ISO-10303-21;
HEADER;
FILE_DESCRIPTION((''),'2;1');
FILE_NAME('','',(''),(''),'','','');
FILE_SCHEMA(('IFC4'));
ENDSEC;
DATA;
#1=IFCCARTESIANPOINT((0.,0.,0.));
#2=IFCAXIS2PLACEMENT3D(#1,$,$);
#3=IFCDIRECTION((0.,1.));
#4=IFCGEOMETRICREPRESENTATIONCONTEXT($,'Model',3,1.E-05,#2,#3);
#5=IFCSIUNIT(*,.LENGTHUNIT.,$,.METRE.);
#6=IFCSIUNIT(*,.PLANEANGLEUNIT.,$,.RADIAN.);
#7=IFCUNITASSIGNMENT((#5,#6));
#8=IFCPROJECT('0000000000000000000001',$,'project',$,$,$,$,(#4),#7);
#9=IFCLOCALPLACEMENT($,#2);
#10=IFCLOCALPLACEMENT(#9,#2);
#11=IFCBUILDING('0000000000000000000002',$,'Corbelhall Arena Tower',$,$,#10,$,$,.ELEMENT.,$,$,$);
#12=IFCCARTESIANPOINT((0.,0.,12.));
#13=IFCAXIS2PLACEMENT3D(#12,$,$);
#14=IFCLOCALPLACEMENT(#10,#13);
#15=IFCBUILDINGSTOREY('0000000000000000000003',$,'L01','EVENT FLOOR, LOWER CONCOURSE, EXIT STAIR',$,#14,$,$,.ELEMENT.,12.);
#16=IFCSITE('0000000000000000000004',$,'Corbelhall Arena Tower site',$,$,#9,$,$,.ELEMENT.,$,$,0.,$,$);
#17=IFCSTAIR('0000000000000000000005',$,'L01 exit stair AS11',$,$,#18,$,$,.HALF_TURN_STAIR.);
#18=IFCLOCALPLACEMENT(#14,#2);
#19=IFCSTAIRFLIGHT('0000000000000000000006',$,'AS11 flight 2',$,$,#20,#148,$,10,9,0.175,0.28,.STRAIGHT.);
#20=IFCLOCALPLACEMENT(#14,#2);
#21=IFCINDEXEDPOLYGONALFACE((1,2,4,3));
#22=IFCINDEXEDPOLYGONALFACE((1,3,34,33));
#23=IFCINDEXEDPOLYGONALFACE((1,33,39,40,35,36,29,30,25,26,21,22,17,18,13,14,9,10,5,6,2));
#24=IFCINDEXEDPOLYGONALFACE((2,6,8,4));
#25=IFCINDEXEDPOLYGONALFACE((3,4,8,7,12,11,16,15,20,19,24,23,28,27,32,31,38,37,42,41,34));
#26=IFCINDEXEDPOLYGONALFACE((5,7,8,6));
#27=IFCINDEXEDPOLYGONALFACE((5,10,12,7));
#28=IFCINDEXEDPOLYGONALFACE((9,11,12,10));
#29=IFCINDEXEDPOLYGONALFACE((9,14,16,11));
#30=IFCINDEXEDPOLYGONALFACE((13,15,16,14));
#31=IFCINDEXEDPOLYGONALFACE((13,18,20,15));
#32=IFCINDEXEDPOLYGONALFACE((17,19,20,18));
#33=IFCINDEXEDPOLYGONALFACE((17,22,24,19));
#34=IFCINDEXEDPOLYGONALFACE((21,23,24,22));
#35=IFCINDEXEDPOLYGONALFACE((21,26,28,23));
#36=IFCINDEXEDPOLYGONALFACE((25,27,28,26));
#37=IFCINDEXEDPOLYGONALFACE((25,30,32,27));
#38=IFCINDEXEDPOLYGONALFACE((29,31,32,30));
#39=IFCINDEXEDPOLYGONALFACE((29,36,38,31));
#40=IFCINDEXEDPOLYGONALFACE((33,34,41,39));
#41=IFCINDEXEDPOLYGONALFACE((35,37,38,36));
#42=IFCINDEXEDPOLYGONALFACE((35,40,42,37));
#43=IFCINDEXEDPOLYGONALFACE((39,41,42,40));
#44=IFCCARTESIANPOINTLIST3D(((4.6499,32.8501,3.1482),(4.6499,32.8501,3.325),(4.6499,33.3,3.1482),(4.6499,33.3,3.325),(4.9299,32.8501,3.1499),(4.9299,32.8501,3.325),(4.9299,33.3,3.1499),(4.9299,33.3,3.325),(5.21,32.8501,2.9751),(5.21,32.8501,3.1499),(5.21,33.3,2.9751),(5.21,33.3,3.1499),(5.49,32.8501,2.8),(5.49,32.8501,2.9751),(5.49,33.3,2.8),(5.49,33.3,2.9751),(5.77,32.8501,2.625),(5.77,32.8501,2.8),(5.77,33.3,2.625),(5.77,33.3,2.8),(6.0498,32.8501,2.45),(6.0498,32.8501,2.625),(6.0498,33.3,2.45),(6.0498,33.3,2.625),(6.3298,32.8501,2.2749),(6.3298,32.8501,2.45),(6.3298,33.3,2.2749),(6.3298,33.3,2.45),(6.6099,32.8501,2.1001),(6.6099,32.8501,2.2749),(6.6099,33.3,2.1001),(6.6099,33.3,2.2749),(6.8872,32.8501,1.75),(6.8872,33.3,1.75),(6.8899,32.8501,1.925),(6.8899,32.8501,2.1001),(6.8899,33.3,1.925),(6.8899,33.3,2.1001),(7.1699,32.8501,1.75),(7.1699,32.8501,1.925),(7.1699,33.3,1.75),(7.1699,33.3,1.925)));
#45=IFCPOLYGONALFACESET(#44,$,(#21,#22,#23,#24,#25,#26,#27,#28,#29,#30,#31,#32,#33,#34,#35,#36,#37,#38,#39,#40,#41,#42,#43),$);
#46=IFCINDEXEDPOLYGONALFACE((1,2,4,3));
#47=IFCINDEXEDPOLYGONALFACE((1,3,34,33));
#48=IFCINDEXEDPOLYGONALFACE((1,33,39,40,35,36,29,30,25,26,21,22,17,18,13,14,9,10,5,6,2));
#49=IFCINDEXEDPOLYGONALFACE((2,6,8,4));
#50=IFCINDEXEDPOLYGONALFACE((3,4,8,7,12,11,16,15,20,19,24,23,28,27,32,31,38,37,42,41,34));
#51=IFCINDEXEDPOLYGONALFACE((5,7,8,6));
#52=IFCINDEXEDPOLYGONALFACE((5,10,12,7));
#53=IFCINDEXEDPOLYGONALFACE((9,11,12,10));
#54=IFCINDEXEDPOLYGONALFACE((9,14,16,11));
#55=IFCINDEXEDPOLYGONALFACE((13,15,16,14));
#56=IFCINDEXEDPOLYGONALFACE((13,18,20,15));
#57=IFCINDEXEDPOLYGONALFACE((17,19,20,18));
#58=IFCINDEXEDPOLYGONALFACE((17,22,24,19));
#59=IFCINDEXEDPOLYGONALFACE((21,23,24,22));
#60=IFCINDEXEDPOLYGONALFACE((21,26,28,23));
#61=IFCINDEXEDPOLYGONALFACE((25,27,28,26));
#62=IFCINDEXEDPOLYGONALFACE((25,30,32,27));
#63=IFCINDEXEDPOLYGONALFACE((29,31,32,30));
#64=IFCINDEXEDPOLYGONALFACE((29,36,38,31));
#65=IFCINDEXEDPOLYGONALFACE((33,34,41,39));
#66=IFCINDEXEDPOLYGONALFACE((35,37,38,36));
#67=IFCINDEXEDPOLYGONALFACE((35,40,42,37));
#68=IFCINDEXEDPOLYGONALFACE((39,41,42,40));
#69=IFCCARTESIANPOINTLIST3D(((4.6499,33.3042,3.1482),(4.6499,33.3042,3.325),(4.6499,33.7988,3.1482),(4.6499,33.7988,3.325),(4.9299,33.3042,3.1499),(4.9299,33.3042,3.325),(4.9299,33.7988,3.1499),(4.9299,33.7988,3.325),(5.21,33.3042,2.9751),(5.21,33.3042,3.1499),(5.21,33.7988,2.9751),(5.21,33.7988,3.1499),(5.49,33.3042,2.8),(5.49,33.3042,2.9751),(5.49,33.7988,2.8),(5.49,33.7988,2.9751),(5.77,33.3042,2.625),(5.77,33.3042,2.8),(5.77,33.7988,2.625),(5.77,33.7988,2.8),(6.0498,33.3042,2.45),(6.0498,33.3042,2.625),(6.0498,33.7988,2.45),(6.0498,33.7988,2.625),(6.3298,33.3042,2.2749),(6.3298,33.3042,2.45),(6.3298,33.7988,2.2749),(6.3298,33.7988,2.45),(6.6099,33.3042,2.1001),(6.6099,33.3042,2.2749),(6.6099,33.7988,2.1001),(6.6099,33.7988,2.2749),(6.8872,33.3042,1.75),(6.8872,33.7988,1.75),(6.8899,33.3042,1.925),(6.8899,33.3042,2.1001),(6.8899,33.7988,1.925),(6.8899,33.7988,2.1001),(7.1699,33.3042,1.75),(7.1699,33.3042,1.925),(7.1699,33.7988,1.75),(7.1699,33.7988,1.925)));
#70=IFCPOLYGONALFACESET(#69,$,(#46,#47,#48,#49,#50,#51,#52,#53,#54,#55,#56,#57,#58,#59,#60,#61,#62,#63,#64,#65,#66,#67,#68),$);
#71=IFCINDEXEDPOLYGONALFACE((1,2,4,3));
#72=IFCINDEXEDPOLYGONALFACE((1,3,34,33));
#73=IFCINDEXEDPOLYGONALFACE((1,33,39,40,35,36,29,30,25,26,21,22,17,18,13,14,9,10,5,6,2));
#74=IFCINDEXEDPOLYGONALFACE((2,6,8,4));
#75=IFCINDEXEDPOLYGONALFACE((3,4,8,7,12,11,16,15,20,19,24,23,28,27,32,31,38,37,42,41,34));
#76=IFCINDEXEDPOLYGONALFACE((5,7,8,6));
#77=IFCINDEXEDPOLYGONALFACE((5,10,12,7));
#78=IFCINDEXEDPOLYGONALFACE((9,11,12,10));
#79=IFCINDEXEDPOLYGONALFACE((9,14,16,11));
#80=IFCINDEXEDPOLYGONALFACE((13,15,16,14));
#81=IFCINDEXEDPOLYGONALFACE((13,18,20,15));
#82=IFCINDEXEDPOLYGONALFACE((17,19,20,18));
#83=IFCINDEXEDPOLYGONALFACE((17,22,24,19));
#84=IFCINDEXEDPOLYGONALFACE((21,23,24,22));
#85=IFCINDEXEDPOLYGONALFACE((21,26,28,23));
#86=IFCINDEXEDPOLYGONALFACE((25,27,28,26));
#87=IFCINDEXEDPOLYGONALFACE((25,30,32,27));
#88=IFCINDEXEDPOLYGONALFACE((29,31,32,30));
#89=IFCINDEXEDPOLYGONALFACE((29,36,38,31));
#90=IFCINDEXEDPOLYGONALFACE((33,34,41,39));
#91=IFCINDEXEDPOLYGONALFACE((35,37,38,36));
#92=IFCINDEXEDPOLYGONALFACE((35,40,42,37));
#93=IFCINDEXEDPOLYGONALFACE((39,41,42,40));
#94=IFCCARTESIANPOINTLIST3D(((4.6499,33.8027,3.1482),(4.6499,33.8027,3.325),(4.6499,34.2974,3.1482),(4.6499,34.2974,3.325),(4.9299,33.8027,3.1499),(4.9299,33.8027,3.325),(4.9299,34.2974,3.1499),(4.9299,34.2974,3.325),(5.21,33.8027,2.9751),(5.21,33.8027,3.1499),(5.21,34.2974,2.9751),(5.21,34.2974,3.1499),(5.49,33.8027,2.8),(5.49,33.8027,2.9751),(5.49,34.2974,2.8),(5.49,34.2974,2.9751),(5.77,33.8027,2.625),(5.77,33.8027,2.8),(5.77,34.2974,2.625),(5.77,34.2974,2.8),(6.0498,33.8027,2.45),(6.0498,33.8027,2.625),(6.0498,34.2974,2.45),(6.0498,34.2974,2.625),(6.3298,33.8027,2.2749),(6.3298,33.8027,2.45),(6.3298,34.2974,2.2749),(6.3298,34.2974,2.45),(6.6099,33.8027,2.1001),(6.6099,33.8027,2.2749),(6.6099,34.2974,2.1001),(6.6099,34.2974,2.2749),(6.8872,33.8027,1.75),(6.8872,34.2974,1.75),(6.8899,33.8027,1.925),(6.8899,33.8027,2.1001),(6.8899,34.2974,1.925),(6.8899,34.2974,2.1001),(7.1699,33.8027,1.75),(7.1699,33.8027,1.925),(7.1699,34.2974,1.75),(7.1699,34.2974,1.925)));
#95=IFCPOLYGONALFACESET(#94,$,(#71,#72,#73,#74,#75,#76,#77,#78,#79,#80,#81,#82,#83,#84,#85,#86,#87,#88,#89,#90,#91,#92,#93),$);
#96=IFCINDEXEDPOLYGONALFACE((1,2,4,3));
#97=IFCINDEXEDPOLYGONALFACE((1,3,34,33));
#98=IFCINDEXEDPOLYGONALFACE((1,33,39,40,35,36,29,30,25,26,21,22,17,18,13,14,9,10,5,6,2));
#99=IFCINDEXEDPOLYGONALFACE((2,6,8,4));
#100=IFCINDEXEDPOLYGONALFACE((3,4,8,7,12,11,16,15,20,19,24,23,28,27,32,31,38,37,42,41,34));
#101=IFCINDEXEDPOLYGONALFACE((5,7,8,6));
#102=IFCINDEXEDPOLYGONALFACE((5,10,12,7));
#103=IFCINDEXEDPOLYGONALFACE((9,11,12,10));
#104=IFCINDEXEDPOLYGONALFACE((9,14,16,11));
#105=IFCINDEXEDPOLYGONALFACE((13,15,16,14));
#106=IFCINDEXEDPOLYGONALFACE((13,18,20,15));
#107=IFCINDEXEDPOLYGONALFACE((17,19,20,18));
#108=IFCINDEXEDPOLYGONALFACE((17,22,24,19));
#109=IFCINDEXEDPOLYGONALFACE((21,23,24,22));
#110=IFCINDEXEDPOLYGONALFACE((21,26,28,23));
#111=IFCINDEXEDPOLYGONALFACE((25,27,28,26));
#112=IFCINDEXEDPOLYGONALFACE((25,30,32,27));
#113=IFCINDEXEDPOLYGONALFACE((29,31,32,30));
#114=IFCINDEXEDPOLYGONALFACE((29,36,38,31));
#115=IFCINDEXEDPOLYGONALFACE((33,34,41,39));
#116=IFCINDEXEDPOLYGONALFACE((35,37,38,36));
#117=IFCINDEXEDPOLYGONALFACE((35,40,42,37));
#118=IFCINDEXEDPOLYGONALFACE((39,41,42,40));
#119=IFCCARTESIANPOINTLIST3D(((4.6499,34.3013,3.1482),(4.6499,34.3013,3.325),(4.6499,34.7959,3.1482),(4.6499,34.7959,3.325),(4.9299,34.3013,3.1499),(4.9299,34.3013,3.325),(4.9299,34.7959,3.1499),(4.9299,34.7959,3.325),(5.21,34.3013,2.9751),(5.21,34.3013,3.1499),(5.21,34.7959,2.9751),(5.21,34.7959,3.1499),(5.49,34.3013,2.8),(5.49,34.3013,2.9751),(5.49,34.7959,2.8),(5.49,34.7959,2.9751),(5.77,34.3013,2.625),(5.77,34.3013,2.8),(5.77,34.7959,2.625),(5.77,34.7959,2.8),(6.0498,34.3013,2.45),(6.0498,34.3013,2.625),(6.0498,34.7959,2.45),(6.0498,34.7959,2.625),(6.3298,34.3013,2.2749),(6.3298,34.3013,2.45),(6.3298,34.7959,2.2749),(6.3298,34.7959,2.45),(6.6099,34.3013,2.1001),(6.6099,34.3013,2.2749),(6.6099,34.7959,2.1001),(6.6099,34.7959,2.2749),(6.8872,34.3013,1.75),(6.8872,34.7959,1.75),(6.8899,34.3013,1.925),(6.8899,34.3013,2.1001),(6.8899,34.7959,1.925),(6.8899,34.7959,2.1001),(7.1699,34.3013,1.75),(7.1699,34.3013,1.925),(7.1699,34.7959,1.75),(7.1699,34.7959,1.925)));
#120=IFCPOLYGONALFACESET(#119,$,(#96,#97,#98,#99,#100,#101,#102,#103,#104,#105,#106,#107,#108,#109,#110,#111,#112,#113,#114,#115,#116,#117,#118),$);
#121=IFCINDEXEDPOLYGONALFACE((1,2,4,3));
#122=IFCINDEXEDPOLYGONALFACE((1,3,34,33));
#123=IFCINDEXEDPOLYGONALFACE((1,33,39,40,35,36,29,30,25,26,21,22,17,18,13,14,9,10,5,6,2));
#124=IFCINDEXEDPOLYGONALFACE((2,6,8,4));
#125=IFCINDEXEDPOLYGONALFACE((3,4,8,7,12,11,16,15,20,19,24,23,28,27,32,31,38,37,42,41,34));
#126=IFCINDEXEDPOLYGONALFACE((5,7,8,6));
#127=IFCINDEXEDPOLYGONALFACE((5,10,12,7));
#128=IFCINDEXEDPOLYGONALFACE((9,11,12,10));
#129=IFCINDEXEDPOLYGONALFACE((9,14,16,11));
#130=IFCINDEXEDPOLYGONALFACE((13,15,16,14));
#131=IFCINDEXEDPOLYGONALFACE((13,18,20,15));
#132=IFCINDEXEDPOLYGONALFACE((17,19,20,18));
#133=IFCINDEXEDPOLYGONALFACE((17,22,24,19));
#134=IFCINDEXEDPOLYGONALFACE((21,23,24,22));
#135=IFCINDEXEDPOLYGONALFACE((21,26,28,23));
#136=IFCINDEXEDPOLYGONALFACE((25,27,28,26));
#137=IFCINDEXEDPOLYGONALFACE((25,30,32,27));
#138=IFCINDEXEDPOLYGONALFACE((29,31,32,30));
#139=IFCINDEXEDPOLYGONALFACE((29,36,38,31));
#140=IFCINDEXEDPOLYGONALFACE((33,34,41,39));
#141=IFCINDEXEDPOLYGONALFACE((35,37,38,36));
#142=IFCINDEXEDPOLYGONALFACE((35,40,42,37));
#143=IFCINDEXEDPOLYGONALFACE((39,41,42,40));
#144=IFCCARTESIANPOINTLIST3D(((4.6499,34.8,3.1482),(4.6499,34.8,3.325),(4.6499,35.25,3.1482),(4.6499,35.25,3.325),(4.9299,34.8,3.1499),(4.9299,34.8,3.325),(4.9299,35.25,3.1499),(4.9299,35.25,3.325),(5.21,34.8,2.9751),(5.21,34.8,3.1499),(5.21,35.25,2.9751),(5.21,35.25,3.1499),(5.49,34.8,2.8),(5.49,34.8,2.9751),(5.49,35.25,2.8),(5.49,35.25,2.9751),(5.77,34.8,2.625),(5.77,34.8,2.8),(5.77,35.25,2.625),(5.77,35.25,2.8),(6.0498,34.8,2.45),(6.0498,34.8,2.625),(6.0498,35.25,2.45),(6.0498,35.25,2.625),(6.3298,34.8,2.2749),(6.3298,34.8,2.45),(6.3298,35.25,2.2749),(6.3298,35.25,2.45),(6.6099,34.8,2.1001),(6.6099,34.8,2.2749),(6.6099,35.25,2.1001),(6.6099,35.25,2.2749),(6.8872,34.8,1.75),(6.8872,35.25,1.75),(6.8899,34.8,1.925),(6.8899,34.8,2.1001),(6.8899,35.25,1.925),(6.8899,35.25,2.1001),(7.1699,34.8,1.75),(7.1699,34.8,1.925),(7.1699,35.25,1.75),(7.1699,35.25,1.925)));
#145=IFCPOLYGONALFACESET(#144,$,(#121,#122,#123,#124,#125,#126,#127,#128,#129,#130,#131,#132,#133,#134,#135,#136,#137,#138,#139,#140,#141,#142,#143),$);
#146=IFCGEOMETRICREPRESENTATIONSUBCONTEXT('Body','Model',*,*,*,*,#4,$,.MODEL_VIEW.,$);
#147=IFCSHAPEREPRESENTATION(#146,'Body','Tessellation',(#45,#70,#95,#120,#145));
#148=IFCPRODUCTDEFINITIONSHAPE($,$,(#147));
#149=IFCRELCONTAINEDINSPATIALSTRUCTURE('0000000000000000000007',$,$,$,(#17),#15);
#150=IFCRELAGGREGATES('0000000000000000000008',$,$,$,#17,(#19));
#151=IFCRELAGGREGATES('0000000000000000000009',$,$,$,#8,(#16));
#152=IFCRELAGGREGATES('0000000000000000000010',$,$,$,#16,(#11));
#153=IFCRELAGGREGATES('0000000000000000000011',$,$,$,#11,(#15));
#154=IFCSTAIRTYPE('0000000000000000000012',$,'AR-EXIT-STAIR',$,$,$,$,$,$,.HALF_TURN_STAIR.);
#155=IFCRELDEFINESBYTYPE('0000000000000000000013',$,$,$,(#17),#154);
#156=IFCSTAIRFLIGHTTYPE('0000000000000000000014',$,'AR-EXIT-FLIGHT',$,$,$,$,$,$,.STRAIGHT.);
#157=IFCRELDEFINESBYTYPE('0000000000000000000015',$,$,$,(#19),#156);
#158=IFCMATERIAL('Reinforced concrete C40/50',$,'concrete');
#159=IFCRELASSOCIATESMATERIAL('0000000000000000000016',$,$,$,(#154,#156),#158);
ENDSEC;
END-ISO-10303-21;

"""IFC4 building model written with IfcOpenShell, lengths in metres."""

from ifc_helpers import new_model, si_unit, direction, frame, origin, place, context, subcontext, project, spatial, polyline, outline, extrude, material, type_object, element, aggregate, save


model = new_model("IFC4")

# Units and contexts
model_context = context("Model", 3, precision=1e-05, world=origin(), true_north=direction((0.0, 1.0)))
body_context = subcontext(model_context, "Body", "Model", "MODEL_VIEW")
ifc_project = project(units=[si_unit("LENGTHUNIT", "METRE"), si_unit("PLANEANGLEUNIT", "RADIAN")], contexts=[model_context])

# Site, building, storey
site_placement = place(None, origin())
site = spatial("IfcSite", under=ifc_project, at=site_placement, Name="Corbelhall Arena Tower site", CompositionType="ELEMENT", RefElevation=0.0)
building_placement = place(site_placement, origin())
building = spatial("IfcBuilding", under=site, at=building_placement, Name="Corbelhall Arena Tower", CompositionType="ELEMENT")
storey_placement = place(building_placement, frame((0.0, 0.0, 12.0)))
storey = spatial("IfcBuildingStorey", under=building, at=storey_placement, Name="L01", Description="EVENT FLOOR, LOWER CONCOURSE, EXIT STAIR", CompositionType="ELEMENT", Elevation=12.0)

# Shared definitions
ifc_material_1 = material(Name="Reinforced concrete C40/50", Category="concrete")

# Stair, stair flight
stair_type = type_object("IfcStairType", Name="AR-EXIT-STAIR", PredefinedType="HALF_TURN_STAIR", material=ifc_material_1)
stair_placement = place(storey_placement, origin())
stair = element("IfcStair", 1, at=stair_placement, inside=storey, type_object=stair_type, Name="L01 exit stair AS11", PredefinedType="HALF_TURN_STAIR")
stair_flight_type = type_object("IfcStairFlightType", Name="AR-EXIT-FLIGHT", PredefinedType="STRAIGHT", material=ifc_material_1)
stair_flight_1_placement = place(storey_placement, frame((7.1699, 34.05, 1.75), z_axis=(0.0, 0.0, 1.0), x_axis=(-1.0, 0.0, 0.0)))
stair_flight_1 = element("IfcStairFlight", 2, at=stair_flight_1_placement, type_object=stair_flight_type, Name="AS11 flight 2", NumberOfRisers=10, NumberOfTreads=9, PredefinedType="STRAIGHT", RiserHeight=0.175, TreadLength=0.28, context=body_context, shape_type="SweptSolid", body=[
    extrude(outline(polyline([(0.0, 0.0), (0.0, 0.175), (0.28, 0.175), (0.28, 0.3501), (0.5601, 0.3501), (0.5601, 0.5249), (0.8401, 0.5249), (0.8401, 0.7), (1.1201, 0.7), (1.1201, 0.875), (1.3999, 0.875), (1.3999, 1.05), (1.6799, 1.05), (1.6799, 1.2251), (1.96, 1.2251), (1.96, 1.3999), (2.24, 1.3999), (2.24, 1.575), (2.52, 1.575), (2.52, 1.75), (2.52, 1.3982), (0.2827, 0.0), (0.0, 0.0)])), frame((0.0, 1.2, 0.0), z_axis=(0.0, -1.0, 0.0), x_axis=(1.0, 0.0, 0.0)), (0.0, 0.0, 1.0), 0.45),
    extrude(outline(polyline([(0.0, 0.0), (0.0, 0.175), (0.28, 0.175), (0.28, 0.3501), (0.5601, 0.3501), (0.5601, 0.5249), (0.8401, 0.5249), (0.8401, 0.7), (1.1201, 0.7), (1.1201, 0.875), (1.3999, 0.875), (1.3999, 1.05), (1.6799, 1.05), (1.6799, 1.2251), (1.96, 1.2251), (1.96, 1.3999), (2.24, 1.3999), (2.24, 1.575), (2.52, 1.575), (2.52, 1.75), (2.52, 1.3982), (0.2827, 0.0), (0.0, 0.0)])), frame((0.0, 0.7458, 0.0), z_axis=(0.0, -1.0, 0.0), x_axis=(1.0, 0.0, 0.0)), (0.0, 0.0, 1.0), 0.4946),
    extrude(outline(polyline([(0.0, 0.0), (0.0, 0.175), (0.28, 0.175), (0.28, 0.3501), (0.5601, 0.3501), (0.5601, 0.5249), (0.8401, 0.5249), (0.8401, 0.7), (1.1201, 0.7), (1.1201, 0.875), (1.3999, 0.875), (1.3999, 1.05), (1.6799, 1.05), (1.6799, 1.2251), (1.96, 1.2251), (1.96, 1.3999), (2.24, 1.3999), (2.24, 1.575), (2.52, 1.575), (2.52, 1.75), (2.52, 1.3982), (0.2827, 0.0), (0.0, 0.0)])), frame((0.0, 0.2473, 0.0), z_axis=(0.0, -1.0, 0.0), x_axis=(1.0, 0.0, 0.0)), (0.0, 0.0, 1.0), 0.4946),
    extrude(outline(polyline([(0.0, 0.0), (0.0, 0.175), (0.28, 0.175), (0.28, 0.3501), (0.5601, 0.3501), (0.5601, 0.5249), (0.8401, 0.5249), (0.8401, 0.7), (1.1201, 0.7), (1.1201, 0.875), (1.3999, 0.875), (1.3999, 1.05), (1.6799, 1.05), (1.6799, 1.2251), (1.96, 1.2251), (1.96, 1.3999), (2.24, 1.3999), (2.24, 1.575), (2.52, 1.575), (2.52, 1.75), (2.52, 1.3982), (0.2827, 0.0), (0.0, 0.0)])), frame((0.0, -0.2512, 0.0), z_axis=(0.0, -1.0, 0.0), x_axis=(1.0, 0.0, 0.0)), (0.0, 0.0, 1.0), 0.4946),
    extrude(outline(polyline([(0.0, 0.0), (0.0, 0.175), (0.28, 0.175), (0.28, 0.3501), (0.5601, 0.3501), (0.5601, 0.5249), (0.8401, 0.5249), (0.8401, 0.7), (1.1201, 0.7), (1.1201, 0.875), (1.3999, 0.875), (1.3999, 1.05), (1.6799, 1.05), (1.6799, 1.2251), (1.96, 1.2251), (1.96, 1.3999), (2.24, 1.3999), (2.24, 1.575), (2.52, 1.575), (2.52, 1.75), (2.52, 1.3982), (0.2827, 0.0), (0.0, 0.0)])), frame((0.0, -0.75, 0.0), z_axis=(0.0, -1.0, 0.0), x_axis=(1.0, 0.0, 0.0)), (0.0, 0.0, 1.0), 0.45),
])
aggregate(stair, [stair_flight_1])

save(model, "model.ifc")
